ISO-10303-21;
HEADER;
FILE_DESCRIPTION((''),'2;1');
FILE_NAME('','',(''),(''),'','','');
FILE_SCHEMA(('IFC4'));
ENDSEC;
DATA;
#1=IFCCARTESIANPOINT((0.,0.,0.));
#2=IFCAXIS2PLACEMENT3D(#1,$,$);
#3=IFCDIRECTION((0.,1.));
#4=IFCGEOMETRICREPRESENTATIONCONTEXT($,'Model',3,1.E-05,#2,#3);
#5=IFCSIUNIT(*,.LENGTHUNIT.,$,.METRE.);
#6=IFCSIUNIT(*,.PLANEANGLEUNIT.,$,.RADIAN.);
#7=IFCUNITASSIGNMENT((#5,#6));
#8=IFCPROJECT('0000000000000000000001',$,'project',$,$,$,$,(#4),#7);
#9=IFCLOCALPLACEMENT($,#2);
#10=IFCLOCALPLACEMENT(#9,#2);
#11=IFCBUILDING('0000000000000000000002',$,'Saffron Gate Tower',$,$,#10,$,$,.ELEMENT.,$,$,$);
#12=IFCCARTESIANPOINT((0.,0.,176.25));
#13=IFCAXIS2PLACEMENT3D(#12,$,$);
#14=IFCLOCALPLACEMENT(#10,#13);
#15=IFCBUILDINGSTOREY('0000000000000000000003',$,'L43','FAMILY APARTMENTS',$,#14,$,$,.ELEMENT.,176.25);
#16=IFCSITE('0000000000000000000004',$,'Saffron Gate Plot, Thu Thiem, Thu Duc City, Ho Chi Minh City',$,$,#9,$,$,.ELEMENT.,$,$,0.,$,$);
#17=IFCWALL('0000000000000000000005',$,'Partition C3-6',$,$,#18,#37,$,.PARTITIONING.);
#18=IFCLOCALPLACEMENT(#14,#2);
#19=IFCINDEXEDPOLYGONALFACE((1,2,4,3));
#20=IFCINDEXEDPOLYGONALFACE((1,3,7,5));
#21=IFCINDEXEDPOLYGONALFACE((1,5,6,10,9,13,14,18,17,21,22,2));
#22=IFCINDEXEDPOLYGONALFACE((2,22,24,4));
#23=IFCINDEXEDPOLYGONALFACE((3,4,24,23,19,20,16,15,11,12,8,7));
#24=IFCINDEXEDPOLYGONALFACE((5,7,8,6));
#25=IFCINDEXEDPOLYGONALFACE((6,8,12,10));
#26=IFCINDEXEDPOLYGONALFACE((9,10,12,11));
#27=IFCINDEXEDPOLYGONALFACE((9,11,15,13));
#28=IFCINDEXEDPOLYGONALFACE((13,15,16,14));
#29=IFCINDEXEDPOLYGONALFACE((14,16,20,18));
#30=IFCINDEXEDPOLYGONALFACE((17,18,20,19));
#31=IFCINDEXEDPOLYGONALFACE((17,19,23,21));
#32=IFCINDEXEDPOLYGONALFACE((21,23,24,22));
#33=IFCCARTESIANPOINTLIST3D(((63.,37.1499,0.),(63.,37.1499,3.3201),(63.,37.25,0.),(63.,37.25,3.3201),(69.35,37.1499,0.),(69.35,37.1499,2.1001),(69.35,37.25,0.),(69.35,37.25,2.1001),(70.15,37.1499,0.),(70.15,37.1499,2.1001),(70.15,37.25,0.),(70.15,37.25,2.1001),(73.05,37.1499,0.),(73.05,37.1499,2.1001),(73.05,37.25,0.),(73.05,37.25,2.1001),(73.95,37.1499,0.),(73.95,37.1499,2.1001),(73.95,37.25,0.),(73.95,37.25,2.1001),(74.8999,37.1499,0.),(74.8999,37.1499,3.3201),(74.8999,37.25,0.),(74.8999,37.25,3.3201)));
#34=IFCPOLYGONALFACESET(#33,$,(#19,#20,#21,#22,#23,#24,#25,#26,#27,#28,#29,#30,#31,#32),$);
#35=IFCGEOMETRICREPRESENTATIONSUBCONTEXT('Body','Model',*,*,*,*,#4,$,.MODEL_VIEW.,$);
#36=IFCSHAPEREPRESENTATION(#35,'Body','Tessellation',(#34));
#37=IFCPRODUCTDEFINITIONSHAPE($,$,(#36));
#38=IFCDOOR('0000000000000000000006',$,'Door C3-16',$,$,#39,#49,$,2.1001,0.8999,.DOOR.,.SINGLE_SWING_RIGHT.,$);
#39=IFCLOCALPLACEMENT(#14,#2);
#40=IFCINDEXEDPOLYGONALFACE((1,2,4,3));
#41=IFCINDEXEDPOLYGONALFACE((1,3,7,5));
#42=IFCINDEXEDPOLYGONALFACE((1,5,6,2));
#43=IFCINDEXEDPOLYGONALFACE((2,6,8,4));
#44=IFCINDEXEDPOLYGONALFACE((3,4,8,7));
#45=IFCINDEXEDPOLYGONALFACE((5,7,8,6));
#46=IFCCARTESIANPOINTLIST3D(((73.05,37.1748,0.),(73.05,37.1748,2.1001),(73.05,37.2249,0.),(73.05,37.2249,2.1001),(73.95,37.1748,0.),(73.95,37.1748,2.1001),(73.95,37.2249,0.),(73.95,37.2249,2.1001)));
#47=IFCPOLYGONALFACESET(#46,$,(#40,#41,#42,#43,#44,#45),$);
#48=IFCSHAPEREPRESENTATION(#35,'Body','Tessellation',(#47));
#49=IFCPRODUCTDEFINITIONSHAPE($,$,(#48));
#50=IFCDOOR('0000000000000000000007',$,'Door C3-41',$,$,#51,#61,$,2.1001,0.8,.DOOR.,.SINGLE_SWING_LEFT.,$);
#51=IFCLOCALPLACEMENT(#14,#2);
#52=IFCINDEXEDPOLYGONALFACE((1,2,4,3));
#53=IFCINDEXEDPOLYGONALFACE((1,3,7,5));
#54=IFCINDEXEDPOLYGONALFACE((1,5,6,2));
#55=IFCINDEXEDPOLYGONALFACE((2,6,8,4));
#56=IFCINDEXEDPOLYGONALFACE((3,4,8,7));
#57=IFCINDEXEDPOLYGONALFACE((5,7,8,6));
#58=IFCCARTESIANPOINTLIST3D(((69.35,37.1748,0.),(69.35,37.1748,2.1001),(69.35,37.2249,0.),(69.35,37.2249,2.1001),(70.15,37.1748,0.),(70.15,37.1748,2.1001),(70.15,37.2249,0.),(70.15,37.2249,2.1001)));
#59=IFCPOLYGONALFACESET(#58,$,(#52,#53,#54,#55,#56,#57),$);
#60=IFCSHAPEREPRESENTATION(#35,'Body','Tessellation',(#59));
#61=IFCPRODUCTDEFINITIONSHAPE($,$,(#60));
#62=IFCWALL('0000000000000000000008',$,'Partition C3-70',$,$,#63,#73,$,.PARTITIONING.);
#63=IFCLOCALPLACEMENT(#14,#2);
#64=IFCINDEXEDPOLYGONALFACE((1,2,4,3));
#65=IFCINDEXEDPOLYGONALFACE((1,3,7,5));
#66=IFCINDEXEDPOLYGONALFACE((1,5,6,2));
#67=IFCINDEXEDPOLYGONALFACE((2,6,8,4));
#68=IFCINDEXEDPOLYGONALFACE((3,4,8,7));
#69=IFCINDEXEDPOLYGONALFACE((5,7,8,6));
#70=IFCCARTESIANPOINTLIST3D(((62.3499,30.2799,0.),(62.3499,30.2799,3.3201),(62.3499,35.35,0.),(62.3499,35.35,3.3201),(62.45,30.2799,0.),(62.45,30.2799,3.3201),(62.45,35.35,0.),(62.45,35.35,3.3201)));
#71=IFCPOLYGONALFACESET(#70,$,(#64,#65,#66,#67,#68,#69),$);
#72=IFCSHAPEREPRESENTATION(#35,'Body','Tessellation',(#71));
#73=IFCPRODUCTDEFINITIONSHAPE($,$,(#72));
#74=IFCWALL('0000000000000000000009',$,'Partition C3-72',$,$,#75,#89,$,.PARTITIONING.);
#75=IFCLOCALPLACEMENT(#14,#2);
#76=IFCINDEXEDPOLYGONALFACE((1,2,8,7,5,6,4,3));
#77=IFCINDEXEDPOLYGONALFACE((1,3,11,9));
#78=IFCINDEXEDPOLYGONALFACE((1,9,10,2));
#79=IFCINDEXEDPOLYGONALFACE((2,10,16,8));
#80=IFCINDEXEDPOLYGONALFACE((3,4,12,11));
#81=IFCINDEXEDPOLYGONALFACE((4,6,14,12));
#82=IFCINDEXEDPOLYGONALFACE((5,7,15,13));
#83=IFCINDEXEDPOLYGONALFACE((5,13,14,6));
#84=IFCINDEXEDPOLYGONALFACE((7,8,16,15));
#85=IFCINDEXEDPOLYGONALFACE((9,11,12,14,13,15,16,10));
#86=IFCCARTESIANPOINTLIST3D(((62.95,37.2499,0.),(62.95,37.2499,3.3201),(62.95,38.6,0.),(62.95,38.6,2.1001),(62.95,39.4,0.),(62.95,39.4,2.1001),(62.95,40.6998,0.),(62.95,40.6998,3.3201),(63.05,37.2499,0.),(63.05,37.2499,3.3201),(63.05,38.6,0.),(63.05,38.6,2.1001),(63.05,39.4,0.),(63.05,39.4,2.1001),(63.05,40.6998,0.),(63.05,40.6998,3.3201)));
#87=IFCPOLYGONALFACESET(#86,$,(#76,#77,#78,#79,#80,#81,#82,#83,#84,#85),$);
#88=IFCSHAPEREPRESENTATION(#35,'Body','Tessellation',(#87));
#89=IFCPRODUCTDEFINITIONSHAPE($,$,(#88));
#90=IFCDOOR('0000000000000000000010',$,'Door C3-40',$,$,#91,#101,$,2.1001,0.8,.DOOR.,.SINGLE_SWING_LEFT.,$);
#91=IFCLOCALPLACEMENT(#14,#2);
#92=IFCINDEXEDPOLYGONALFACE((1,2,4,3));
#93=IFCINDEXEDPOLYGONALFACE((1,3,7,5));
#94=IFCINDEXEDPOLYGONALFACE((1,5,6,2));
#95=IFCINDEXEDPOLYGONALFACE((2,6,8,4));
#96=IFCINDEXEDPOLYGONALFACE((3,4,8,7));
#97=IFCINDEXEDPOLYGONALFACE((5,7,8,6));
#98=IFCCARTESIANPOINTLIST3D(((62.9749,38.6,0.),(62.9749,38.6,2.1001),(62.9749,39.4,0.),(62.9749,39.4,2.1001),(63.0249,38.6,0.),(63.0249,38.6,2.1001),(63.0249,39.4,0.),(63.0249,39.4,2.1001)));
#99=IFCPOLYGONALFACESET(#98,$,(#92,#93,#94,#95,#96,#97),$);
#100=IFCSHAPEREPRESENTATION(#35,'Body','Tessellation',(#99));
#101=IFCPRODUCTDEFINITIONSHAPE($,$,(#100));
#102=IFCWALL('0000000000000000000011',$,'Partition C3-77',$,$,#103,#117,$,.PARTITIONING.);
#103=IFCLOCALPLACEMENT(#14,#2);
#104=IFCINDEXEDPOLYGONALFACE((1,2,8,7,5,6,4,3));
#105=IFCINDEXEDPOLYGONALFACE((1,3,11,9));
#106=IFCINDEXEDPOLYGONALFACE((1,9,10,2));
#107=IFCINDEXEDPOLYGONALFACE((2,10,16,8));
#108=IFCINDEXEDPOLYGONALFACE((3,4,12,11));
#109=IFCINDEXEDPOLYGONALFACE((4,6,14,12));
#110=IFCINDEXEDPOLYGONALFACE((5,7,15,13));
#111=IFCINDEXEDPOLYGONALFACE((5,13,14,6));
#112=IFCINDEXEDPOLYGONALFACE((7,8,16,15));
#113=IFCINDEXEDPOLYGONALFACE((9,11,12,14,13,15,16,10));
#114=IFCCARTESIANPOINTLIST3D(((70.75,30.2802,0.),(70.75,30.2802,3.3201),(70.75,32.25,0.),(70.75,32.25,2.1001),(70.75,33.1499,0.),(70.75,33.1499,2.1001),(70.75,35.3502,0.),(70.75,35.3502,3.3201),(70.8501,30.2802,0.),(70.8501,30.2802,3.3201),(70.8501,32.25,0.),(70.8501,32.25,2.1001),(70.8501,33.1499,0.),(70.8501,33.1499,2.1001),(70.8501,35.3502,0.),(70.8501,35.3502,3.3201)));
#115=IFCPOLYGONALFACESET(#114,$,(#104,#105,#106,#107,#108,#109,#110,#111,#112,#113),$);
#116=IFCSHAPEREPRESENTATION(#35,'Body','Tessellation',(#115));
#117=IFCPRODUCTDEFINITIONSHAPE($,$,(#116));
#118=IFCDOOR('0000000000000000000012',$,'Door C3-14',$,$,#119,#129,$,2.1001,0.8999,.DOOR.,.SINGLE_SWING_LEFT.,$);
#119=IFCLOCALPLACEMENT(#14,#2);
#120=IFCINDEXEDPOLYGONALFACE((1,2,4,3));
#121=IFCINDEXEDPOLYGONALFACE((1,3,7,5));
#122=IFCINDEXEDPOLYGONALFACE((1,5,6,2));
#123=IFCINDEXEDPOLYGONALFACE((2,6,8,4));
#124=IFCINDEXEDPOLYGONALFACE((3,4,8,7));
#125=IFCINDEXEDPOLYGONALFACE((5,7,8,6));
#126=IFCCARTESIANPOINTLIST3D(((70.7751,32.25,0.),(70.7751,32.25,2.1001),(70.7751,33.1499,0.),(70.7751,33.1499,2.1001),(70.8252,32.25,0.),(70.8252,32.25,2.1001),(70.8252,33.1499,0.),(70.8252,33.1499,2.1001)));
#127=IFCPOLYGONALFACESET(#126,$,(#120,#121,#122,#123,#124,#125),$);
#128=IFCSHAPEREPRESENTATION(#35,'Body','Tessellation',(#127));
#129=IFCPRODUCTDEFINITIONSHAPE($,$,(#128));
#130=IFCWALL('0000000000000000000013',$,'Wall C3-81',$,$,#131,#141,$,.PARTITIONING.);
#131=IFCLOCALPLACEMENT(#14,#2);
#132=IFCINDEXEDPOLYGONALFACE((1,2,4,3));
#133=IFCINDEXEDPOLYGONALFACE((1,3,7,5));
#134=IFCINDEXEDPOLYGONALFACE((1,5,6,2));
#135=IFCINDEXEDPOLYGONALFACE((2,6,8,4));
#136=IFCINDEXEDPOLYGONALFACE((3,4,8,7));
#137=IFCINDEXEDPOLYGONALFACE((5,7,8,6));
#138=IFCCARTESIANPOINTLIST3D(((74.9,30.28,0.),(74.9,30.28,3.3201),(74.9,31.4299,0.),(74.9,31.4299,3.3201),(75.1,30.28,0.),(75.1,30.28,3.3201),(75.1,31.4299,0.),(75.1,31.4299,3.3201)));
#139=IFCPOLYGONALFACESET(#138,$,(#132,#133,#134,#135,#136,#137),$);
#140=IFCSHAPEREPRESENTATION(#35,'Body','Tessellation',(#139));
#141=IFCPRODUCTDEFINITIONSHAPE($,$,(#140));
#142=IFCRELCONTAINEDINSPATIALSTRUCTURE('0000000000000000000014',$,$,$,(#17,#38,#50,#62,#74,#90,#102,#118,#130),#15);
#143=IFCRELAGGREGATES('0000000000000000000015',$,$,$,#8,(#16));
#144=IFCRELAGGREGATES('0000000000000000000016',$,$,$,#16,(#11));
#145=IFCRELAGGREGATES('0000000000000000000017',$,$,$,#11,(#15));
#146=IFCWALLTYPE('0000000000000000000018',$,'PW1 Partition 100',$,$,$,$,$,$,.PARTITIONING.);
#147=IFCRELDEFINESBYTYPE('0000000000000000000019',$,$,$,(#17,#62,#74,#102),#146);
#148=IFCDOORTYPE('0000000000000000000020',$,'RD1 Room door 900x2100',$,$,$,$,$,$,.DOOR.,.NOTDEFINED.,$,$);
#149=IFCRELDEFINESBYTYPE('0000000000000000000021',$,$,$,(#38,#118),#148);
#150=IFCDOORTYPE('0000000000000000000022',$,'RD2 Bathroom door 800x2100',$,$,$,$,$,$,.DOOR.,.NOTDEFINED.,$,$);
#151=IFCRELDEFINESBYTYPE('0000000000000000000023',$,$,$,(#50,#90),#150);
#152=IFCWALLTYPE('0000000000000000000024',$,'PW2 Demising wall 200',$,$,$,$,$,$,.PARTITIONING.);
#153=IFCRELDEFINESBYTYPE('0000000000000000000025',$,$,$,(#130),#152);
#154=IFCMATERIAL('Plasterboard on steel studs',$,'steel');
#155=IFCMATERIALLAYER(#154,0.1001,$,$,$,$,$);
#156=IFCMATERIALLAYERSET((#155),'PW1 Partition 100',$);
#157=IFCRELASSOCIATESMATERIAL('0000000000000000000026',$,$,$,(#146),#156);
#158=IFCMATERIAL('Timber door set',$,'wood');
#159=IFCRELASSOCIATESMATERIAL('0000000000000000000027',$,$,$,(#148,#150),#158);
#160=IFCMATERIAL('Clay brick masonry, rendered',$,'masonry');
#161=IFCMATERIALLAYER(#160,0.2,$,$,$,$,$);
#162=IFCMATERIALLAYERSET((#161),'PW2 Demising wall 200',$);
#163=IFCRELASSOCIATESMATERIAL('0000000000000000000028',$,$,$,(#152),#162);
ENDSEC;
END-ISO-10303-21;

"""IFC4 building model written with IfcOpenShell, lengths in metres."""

from ifc_helpers import new_model, si_unit, direction, frame, frame_2d, origin, place, context, subcontext, project, spatial, rectangle, extrude, material, layer, layer_set, type_object, element, fill, save


model = new_model("IFC4")

# Units and contexts
model_context = context("Model", 3, precision=1e-05, world=origin(), true_north=direction((0.0, 1.0)))
body_context = subcontext(model_context, "Body", "Model", "MODEL_VIEW")
ifc_project = project(units=[si_unit("LENGTHUNIT", "METRE"), si_unit("PLANEANGLEUNIT", "RADIAN")], contexts=[model_context])

# Site, building, storey
site_placement = place(None, origin())
site = spatial("IfcSite", under=ifc_project, at=site_placement, Name="Saffron Gate Plot, Thu Thiem, Thu Duc City, Ho Chi Minh City", CompositionType="ELEMENT", RefElevation=0.0)
building_placement = place(site_placement, origin())
building = spatial("IfcBuilding", under=site, at=building_placement, Name="Saffron Gate Tower", CompositionType="ELEMENT")
storey_placement = place(building_placement, frame((0.0, 0.0, 176.25)))
storey = spatial("IfcBuildingStorey", under=building, at=storey_placement, Name="L43", Description="FAMILY APARTMENTS", CompositionType="ELEMENT", Elevation=176.25)

# Wall, openings, doors
ifc_material_1 = material(Name="Plasterboard on steel studs", Category="steel")
ifc_layer_1 = layer(ifc_material_1, 0.1001)
ifc_layer_set_1 = layer_set([ifc_layer_1], Name="PW1 Partition 100")
wall_type_1 = type_object("IfcWallType", Name="PW1 Partition 100", PredefinedType="PARTITIONING", material=ifc_layer_set_1)
ifc_material_2 = material(Name="Timber door set", Category="wood")
door_type_1 = type_object("IfcDoorType", Name="RD1 Room door 900x2100", OperationType="NOTDEFINED", PredefinedType="DOOR", material=ifc_material_2)
wall_1_placement = place(storey_placement, frame((63.0, 37.2, 0.0), z_axis=(0.0, 0.0, 1.0), x_axis=(1.0, 0.0, 0.0)))
wall_1 = element("IfcWall", 1, at=wall_1_placement, inside=storey, type_object=wall_type_1, Name="Partition C3-6", PredefinedType="PARTITIONING", context=body_context, shape_type="SweptSolid", body=[
    extrude(rectangle(XDim=11.8999, YDim=0.1001, at=frame_2d((5.95, 0.0))), origin(), (0.0, 0.0, 1.0), 3.3201),
])
opening_1_placement = place(wall_1_placement, frame((6.3501, 0.0, 0.0)))
opening_1 = element("IfcOpeningElement", 2, at=opening_1_placement, cuts=wall_1, PredefinedType="OPENING", context=body_context, shape_type="SweptSolid", body=[
    extrude(rectangle(XDim=0.8, YDim=2.1001, at=frame_2d((0.3999, 1.05))), frame((0.0, 0.0601, 0.0), z_axis=(0.0, -1.0, 0.0), x_axis=(1.0, 0.0, 0.0)), (0.0, 0.0, 1.0), 0.1201),
])
opening_2_placement = place(wall_1_placement, frame((10.05, 0.0, 0.0)))
opening_2 = element("IfcOpeningElement", 3, at=opening_2_placement, cuts=wall_1, PredefinedType="OPENING", context=body_context, shape_type="SweptSolid", body=[
    extrude(rectangle(XDim=0.8999, YDim=2.1001, at=frame_2d((0.45, 1.05))), frame((0.0, 0.0601, 0.0), z_axis=(0.0, -1.0, 0.0), x_axis=(1.0, 0.0, 0.0)), (0.0, 0.0, 1.0), 0.1201),
])
door_1_placement = place(opening_2_placement, origin())
door_1 = element("IfcDoor", 4, at=door_1_placement, inside=storey, type_object=door_type_1, Name="Door C3-16", OperationType="SINGLE_SWING_RIGHT", OverallHeight=2.1001, OverallWidth=0.8999, PredefinedType="DOOR", context=body_context, shape_type="SweptSolid", body=[
    extrude(rectangle(XDim=0.8999, YDim=2.1001, at=frame_2d((0.45, 1.05))), frame((0.0, 0.0249, 0.0), z_axis=(0.0, -1.0, 0.0), x_axis=(1.0, 0.0, 0.0)), (0.0, 0.0, 1.0), 0.05),
])
fill(opening_2, door_1)
door_type_2 = type_object("IfcDoorType", Name="RD2 Bathroom door 800x2100", OperationType="NOTDEFINED", PredefinedType="DOOR", material=ifc_material_2)
door_2_placement = place(opening_1_placement, origin())
door_2 = element("IfcDoor", 5, at=door_2_placement, inside=storey, type_object=door_type_2, Name="Door C3-41", OperationType="SINGLE_SWING_LEFT", OverallHeight=2.1001, OverallWidth=0.8, PredefinedType="DOOR", context=body_context, shape_type="SweptSolid", body=[
    extrude(rectangle(XDim=0.8, YDim=2.1001, at=frame_2d((0.3999, 1.05))), frame((0.0, 0.0249, 0.0), z_axis=(0.0, -1.0, 0.0), x_axis=(1.0, 0.0, 0.0)), (0.0, 0.0, 1.0), 0.05),
])
fill(opening_1, door_2)

# Wall
wall_2_placement = place(storey_placement, frame((62.3999, 35.3501, 0.0), z_axis=(0.0, 0.0, 1.0), x_axis=(0.0, -1.0, 0.0)))
element("IfcWall", 6, at=wall_2_placement, inside=storey, type_object=wall_type_1, Name="Partition C3-70", PredefinedType="PARTITIONING", context=body_context, shape_type="SweptSolid", body=[
    extrude(rectangle(XDim=5.0701, YDim=0.1001, at=frame_2d((2.5352, 0.0))), origin(), (0.0, 0.0, 1.0), 3.3201),
])

# Walls, openings, doors
wall_3_placement = place(storey_placement, frame((63.0, 40.7, 0.0), z_axis=(0.0, 0.0, 1.0), x_axis=(0.0, -1.0, 0.0)))
wall_3 = element("IfcWall", 7, at=wall_3_placement, inside=storey, type_object=wall_type_1, Name="Partition C3-72", PredefinedType="PARTITIONING", context=body_context, shape_type="SweptSolid", body=[
    extrude(rectangle(XDim=3.45, YDim=0.1001, at=frame_2d((1.7251, 0.0))), origin(), (0.0, 0.0, 1.0), 3.3201),
])
opening_3_placement = place(wall_3_placement, frame((1.3, 0.0, 0.0)))
opening_3 = element("IfcOpeningElement", 8, at=opening_3_placement, cuts=wall_3, PredefinedType="OPENING", context=body_context, shape_type="SweptSolid", body=[
    extrude(rectangle(XDim=0.8, YDim=2.1001, at=frame_2d((0.3999, 1.05))), frame((0.0, 0.0601, 0.0), z_axis=(0.0, -1.0, 0.0), x_axis=(1.0, 0.0, 0.0)), (0.0, 0.0, 1.0), 0.1201),
])
door_3_placement = place(opening_3_placement, origin())
door_3 = element("IfcDoor", 9, at=door_3_placement, inside=storey, type_object=door_type_2, Name="Door C3-40", OperationType="SINGLE_SWING_LEFT", OverallHeight=2.1001, OverallWidth=0.8, PredefinedType="DOOR", context=body_context, shape_type="SweptSolid", body=[
    extrude(rectangle(XDim=0.8, YDim=2.1001, at=frame_2d((0.3999, 1.05))), frame((0.0, 0.0249, 0.0), z_axis=(0.0, -1.0, 0.0), x_axis=(1.0, 0.0, 0.0)), (0.0, 0.0, 1.0), 0.05),
])
fill(opening_3, door_3)
wall_4_placement = place(storey_placement, frame((70.8, 30.28, 0.0), z_axis=(0.0, 0.0, 1.0), x_axis=(0.0, 1.0, 0.0)))
wall_4 = element("IfcWall", 10, at=wall_4_placement, inside=storey, type_object=wall_type_1, Name="Partition C3-77", PredefinedType="PARTITIONING", context=body_context, shape_type="SweptSolid", body=[
    extrude(rectangle(XDim=5.0701, YDim=0.1001, at=frame_2d((2.5352, 0.0))), origin(), (0.0, 0.0, 1.0), 3.3201),
])
opening_4_placement = place(wall_4_placement, frame((1.97, 0.0, 0.0)))
opening_4 = element("IfcOpeningElement", 11, at=opening_4_placement, cuts=wall_4, PredefinedType="OPENING", context=body_context, shape_type="SweptSolid", body=[
    extrude(rectangle(XDim=0.8999, YDim=2.1001, at=frame_2d((0.45, 1.05))), frame((0.0, 0.0601, 0.0), z_axis=(0.0, -1.0, 0.0), x_axis=(1.0, 0.0, 0.0)), (0.0, 0.0, 1.0), 0.1201),
])
door_4_placement = place(opening_4_placement, origin())
door_4 = element("IfcDoor", 12, at=door_4_placement, inside=storey, type_object=door_type_1, Name="Door C3-14", OperationType="SINGLE_SWING_LEFT", OverallHeight=2.1001, OverallWidth=0.8999, PredefinedType="DOOR", context=body_context, shape_type="SweptSolid", body=[
    extrude(rectangle(XDim=0.8999, YDim=2.1001, at=frame_2d((0.45, 1.05))), frame((0.0, 0.0249, 0.0), z_axis=(0.0, -1.0, 0.0), x_axis=(1.0, 0.0, 0.0)), (0.0, 0.0, 1.0), 0.05),
])
fill(opening_4, door_4)

# Wall
ifc_material_3 = material(Name="Clay brick masonry, rendered", Category="masonry")
ifc_layer_2 = layer(ifc_material_3, 0.2)
ifc_layer_set_2 = layer_set([ifc_layer_2], Name="PW2 Demising wall 200")
wall_type_2 = type_object("IfcWallType", Name="PW2 Demising wall 200", PredefinedType="PARTITIONING", material=ifc_layer_set_2)
wall_5_placement = place(storey_placement, frame((75.0, 31.4299, 0.0), z_axis=(0.0, 0.0, 1.0), x_axis=(0.0, -1.0, 0.0)))
element("IfcWall", 13, at=wall_5_placement, inside=storey, type_object=wall_type_2, Name="Wall C3-81", PredefinedType="PARTITIONING", context=body_context, shape_type="SweptSolid", body=[
    extrude(rectangle(XDim=1.1499, YDim=0.2, at=frame_2d((0.575, 0.0))), origin(), (0.0, 0.0, 1.0), 3.3201),
])

save(model, "model.ifc")
